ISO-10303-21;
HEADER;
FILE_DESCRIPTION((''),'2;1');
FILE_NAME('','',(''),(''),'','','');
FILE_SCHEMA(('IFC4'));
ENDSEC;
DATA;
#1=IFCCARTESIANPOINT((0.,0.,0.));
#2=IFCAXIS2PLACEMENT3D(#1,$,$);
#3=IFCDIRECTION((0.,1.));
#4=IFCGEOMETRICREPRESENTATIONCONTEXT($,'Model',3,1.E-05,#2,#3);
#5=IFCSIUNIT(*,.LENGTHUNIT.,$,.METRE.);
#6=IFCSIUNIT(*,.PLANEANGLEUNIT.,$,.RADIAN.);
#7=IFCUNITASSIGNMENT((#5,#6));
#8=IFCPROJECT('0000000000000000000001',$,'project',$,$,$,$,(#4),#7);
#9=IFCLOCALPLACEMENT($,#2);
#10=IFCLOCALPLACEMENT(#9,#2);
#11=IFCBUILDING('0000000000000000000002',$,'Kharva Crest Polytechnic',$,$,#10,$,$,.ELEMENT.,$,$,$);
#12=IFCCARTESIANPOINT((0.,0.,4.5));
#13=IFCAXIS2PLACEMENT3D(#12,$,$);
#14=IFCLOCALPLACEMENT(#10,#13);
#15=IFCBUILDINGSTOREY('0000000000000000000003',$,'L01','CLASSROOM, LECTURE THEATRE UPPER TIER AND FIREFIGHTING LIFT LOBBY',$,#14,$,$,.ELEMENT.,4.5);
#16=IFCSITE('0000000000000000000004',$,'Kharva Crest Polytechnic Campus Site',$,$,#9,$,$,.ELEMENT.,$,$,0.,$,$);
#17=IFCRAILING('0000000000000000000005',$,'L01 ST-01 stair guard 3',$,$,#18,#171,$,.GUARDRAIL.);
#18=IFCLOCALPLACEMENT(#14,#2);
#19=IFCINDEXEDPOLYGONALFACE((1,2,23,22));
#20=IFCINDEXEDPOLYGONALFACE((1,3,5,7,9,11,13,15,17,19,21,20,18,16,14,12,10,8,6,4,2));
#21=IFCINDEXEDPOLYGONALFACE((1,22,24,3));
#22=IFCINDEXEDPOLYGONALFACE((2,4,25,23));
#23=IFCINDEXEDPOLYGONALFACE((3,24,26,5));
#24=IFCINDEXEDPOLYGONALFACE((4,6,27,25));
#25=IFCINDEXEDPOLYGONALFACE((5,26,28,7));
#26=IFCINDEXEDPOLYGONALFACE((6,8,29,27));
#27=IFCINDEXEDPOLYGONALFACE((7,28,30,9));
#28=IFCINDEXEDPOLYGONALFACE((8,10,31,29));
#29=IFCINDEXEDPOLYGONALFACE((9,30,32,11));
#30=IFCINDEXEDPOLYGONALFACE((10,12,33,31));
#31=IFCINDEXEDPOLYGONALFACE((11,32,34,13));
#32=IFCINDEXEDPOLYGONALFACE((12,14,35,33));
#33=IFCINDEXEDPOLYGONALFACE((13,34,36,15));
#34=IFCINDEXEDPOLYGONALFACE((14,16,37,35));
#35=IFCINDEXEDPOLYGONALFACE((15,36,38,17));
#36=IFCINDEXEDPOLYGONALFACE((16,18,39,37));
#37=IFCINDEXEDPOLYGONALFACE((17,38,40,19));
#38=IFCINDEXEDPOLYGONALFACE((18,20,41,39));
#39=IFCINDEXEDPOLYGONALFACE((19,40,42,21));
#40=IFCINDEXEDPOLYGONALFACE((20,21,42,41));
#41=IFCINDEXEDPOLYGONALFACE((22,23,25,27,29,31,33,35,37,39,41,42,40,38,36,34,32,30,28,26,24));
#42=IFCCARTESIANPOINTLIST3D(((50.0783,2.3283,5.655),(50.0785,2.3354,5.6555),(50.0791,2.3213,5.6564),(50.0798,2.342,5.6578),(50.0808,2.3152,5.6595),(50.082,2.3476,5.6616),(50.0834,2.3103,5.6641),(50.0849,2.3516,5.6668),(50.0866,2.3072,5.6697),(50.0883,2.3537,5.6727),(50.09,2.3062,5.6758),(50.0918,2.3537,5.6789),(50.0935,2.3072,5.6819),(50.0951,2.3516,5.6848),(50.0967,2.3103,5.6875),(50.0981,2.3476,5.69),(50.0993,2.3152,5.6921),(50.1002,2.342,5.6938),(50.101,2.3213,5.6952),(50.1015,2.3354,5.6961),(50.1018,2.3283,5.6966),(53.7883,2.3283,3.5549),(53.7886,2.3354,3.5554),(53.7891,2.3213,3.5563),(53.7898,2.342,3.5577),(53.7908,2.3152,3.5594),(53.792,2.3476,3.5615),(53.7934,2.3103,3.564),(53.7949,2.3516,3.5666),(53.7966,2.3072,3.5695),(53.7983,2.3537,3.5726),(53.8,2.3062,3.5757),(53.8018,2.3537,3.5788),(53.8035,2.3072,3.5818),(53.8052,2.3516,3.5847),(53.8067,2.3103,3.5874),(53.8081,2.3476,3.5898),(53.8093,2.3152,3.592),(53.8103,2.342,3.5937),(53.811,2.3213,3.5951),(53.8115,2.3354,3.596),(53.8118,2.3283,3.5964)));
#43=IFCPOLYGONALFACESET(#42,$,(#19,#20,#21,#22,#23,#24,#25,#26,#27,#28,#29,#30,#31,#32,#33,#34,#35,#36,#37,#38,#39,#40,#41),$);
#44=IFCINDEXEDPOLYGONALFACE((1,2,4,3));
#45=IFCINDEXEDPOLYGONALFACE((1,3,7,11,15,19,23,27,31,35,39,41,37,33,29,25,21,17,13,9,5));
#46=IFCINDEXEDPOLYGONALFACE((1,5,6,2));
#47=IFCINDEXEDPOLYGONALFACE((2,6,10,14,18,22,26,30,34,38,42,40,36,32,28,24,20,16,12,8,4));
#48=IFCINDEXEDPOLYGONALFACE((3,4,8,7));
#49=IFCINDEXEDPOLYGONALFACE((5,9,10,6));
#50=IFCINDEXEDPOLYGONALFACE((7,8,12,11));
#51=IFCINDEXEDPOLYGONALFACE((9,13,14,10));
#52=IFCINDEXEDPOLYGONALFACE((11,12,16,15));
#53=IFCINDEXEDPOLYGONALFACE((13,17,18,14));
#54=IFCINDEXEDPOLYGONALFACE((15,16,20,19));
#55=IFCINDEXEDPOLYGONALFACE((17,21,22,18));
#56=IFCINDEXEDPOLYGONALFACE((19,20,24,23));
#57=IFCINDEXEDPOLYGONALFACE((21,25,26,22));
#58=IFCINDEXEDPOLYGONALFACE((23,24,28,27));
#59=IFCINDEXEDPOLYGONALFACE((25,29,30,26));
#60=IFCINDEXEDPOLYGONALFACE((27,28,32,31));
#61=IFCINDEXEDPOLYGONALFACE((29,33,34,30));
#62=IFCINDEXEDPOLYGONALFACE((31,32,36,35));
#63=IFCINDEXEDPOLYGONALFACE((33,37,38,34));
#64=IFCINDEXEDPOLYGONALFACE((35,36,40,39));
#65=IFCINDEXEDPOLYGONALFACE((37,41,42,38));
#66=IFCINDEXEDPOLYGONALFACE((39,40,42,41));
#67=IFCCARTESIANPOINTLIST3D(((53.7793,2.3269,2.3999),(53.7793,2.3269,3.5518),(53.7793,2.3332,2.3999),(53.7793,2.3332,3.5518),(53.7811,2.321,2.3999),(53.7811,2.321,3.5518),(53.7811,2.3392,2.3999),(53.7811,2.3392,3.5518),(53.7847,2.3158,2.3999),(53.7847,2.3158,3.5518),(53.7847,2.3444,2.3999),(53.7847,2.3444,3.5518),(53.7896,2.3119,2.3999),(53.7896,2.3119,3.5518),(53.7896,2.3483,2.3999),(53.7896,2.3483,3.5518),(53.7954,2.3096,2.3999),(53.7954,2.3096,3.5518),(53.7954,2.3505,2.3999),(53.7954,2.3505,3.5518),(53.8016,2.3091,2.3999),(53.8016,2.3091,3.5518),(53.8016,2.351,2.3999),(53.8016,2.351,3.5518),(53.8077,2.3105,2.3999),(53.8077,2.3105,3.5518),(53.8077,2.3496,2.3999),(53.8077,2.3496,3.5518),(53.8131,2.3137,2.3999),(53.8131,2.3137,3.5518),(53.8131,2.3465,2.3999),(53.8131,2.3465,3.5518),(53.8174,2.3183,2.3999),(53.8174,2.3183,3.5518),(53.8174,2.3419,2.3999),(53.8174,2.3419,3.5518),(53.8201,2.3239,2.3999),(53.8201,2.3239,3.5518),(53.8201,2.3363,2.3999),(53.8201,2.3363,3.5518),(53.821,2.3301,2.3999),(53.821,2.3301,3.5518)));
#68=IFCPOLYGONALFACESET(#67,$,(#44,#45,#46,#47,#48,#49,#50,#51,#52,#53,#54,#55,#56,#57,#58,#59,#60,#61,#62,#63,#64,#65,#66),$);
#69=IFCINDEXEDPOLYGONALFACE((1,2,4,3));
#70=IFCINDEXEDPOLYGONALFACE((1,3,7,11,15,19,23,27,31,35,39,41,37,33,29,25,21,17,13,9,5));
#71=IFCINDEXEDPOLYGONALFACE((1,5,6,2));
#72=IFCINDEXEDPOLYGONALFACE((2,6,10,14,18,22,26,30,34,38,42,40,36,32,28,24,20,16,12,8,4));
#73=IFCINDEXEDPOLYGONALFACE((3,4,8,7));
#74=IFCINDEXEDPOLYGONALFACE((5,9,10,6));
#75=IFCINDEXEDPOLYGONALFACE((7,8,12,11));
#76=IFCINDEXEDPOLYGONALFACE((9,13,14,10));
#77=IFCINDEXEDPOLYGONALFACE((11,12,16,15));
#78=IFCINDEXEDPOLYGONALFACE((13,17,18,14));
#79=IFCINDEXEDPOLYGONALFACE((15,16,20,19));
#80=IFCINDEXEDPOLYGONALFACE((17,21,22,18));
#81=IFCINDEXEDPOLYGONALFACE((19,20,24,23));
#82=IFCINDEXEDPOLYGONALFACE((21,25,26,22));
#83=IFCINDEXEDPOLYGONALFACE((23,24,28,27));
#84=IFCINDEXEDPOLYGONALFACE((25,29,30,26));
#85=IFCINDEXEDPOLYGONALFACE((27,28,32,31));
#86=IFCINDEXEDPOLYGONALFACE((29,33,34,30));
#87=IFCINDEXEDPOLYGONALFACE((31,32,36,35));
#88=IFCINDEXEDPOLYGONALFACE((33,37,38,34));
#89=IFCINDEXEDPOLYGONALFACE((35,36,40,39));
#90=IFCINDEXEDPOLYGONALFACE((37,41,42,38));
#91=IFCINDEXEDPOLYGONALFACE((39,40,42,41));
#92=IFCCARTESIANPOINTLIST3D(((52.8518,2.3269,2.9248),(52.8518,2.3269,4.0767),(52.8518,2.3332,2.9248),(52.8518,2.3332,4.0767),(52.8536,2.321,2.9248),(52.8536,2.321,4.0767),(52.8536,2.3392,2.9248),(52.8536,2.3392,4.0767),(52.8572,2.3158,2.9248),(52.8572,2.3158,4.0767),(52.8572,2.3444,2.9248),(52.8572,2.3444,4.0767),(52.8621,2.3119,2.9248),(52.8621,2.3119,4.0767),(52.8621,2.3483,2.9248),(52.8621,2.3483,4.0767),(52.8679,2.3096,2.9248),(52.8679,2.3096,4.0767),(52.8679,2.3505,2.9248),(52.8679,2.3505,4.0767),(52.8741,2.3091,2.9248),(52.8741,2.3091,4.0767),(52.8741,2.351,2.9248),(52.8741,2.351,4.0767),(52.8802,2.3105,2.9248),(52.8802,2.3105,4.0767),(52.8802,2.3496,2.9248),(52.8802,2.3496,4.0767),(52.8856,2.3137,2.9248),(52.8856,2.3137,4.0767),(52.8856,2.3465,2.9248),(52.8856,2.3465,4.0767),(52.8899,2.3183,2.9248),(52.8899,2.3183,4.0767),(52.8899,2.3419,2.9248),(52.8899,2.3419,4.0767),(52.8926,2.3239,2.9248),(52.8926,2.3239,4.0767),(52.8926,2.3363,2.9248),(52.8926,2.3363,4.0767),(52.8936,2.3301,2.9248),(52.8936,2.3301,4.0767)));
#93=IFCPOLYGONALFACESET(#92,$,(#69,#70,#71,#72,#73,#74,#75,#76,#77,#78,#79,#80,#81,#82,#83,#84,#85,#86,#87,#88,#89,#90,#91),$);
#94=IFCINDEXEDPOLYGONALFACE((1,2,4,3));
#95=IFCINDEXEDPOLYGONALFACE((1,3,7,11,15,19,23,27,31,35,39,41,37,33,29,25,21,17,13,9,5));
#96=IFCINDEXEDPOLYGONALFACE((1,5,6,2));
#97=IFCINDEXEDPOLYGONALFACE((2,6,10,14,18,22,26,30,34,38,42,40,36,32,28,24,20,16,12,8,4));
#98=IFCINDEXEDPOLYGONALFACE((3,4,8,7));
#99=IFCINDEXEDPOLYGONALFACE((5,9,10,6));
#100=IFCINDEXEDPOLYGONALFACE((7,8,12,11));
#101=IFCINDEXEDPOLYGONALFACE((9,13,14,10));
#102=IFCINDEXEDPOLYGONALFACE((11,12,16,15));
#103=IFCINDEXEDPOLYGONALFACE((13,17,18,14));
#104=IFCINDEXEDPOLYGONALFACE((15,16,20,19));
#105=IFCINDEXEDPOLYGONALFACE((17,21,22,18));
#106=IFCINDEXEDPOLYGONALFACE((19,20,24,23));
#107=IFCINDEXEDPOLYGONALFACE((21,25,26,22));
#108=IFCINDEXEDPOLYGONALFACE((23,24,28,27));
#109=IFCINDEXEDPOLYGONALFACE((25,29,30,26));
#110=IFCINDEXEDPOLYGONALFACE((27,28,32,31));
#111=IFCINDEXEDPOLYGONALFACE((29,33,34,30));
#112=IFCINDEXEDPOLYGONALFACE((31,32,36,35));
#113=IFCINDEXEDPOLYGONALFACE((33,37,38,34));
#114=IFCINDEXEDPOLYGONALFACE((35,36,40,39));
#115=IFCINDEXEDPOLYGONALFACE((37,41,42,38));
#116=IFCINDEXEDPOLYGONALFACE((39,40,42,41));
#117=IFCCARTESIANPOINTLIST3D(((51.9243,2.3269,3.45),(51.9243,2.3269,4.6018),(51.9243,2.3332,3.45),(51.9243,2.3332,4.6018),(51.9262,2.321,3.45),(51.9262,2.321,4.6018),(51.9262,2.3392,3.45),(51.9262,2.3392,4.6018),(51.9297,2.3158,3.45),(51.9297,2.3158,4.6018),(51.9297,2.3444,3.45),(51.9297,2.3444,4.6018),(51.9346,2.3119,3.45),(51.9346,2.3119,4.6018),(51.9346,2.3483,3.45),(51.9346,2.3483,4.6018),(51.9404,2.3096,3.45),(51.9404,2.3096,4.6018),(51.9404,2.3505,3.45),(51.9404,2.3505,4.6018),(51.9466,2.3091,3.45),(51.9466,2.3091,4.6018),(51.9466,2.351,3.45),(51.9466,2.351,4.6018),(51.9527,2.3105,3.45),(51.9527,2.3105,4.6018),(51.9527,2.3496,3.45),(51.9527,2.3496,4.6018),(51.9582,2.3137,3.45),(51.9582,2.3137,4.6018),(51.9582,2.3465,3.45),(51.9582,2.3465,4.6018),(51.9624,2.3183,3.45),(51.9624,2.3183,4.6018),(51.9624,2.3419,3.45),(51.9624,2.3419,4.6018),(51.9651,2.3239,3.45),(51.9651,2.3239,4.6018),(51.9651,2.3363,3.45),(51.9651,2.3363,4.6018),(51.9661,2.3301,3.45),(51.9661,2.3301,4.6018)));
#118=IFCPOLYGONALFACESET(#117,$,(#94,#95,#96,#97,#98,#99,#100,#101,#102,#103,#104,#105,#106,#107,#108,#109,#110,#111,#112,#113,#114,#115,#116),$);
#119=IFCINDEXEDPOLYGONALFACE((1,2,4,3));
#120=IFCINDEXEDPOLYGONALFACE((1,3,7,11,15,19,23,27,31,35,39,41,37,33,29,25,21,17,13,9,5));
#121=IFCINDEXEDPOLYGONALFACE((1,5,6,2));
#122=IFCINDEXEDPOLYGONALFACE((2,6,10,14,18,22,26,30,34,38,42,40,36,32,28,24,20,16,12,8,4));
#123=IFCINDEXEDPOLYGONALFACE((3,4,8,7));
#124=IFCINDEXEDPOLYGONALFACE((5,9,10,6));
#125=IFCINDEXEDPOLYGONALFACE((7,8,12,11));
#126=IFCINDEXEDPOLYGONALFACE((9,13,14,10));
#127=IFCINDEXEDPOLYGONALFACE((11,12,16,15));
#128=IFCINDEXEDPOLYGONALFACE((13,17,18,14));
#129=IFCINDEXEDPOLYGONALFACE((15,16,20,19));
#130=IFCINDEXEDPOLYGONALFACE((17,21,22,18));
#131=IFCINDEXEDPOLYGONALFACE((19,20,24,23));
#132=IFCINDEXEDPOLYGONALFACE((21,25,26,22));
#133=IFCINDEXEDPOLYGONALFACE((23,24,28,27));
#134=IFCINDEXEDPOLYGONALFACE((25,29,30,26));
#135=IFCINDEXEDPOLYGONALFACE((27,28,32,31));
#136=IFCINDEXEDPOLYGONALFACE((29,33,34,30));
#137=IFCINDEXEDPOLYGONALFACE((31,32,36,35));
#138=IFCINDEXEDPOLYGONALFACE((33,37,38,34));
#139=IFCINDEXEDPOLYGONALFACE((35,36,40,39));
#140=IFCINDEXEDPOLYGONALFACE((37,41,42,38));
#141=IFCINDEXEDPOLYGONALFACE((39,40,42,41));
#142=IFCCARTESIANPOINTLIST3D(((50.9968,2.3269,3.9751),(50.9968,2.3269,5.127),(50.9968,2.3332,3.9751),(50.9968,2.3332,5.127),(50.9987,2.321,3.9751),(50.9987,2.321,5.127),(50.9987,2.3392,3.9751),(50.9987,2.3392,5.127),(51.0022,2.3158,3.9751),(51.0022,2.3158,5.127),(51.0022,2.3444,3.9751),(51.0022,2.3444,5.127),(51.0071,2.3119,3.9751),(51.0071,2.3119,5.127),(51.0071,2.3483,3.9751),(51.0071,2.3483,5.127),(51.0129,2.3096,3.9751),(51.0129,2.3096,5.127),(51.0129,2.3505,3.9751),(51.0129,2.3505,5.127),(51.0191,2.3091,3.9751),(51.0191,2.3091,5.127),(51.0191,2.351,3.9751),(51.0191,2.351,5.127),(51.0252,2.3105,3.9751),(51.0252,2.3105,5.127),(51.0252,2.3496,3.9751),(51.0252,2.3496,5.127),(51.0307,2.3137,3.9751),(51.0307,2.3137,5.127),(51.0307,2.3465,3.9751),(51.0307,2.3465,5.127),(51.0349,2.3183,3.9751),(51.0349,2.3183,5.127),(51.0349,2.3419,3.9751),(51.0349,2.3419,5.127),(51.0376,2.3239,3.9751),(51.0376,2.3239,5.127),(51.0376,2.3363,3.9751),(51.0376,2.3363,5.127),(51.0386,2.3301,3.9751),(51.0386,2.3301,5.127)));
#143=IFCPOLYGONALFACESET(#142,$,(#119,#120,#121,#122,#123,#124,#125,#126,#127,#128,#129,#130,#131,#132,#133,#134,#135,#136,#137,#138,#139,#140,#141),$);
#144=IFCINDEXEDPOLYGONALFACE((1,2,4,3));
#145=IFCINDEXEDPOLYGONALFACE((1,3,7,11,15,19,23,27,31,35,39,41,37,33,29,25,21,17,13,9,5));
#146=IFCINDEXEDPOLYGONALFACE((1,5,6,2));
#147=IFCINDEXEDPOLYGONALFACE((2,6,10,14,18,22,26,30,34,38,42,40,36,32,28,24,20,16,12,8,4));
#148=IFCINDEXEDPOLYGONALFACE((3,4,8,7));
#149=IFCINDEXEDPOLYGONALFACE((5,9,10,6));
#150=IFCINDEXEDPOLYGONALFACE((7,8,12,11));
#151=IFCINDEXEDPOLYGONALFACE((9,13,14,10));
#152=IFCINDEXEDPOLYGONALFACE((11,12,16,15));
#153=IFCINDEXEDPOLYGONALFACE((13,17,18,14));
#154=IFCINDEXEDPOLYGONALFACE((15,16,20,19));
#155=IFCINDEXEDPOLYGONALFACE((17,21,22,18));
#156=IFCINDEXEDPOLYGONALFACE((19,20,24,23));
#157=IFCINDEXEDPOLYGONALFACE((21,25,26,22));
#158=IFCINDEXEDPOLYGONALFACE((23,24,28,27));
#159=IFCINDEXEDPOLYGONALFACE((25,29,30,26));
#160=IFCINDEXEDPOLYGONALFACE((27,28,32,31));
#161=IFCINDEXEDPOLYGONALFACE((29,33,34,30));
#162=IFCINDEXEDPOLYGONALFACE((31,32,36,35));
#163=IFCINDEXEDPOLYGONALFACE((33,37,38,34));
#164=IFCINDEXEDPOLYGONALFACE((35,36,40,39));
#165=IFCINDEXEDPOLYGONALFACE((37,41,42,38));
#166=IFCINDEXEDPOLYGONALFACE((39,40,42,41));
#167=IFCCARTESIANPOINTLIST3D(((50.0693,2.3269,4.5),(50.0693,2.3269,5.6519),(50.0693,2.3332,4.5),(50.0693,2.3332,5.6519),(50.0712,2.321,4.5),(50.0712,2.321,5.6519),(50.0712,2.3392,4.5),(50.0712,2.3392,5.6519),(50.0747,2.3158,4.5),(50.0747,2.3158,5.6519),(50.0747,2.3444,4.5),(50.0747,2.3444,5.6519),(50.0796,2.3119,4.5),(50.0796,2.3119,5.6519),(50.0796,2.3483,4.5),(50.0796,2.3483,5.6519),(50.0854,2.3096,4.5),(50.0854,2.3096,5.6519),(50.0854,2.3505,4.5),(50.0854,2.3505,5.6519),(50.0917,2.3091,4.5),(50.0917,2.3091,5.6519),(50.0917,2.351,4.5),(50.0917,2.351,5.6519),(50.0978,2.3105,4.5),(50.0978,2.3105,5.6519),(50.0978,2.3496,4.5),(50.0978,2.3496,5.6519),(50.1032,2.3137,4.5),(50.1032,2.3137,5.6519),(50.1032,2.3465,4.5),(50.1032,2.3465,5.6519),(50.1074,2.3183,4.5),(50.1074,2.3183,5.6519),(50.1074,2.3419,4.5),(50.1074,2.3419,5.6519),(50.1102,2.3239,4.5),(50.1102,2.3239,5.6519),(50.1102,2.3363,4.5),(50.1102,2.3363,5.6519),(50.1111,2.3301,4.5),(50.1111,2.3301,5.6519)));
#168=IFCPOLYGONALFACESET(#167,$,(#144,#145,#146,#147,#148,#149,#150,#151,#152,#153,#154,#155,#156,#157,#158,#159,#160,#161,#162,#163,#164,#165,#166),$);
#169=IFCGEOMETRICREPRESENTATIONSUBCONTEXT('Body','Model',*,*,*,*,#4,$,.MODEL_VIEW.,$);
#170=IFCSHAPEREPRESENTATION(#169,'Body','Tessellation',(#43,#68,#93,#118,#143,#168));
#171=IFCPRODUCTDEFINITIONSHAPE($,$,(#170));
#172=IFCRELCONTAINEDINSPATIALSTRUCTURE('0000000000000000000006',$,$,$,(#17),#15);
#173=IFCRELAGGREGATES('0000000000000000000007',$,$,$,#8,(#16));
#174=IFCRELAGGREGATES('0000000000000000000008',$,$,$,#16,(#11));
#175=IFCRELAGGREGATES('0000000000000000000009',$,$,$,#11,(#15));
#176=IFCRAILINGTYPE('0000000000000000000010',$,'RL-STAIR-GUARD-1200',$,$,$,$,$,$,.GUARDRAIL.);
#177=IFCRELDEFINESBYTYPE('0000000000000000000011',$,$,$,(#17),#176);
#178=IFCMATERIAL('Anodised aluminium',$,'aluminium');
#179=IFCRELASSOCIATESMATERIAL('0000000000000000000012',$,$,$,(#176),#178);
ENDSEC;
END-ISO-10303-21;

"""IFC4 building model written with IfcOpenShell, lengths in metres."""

from ifc_helpers import new_model, si_unit, direction, frame, origin, origin_2d, place, context, subcontext, project, spatial, circle, extrude, material, type_object, element, save


model = new_model("IFC4")

# Units and contexts
model_context = context("Model", 3, precision=1e-05, world=origin(), true_north=direction((0.0, 1.0)))
body_context = subcontext(model_context, "Body", "Model", "MODEL_VIEW")
ifc_project = project(units=[si_unit("LENGTHUNIT", "METRE"), si_unit("PLANEANGLEUNIT", "RADIAN")], contexts=[model_context])

# Site, building, storey
site_placement = place(None, origin())
site = spatial("IfcSite", under=ifc_project, at=site_placement, Name="Kharva Crest Polytechnic Campus Site", CompositionType="ELEMENT", RefElevation=0.0)
building_placement = place(site_placement, origin())
building = spatial("IfcBuilding", under=site, at=building_placement, Name="Kharva Crest Polytechnic", CompositionType="ELEMENT")
storey_placement = place(building_placement, frame((0.0, 0.0, 4.5)))
storey = spatial("IfcBuildingStorey", under=building, at=storey_placement, Name="L01", Description="CLASSROOM, LECTURE THEATRE UPPER TIER AND FIREFIGHTING LIFT LOBBY", CompositionType="ELEMENT", Elevation=4.5)

# Railing
ifc_material_1 = material(Name="Anodised aluminium", Category="aluminium")
railing_type_1 = type_object("IfcRailingType", Name="RL-STAIR-GUARD-1200", PredefinedType="GUARDRAIL", material=ifc_material_1)
railing_1_placement = place(storey_placement, frame((53.8, 2.3301, 2.3999)))
element("IfcRailing", 1, at=railing_1_placement, inside=storey, type_object=railing_type_1, Name="L01 ST-01 stair guard 3", PredefinedType="GUARDRAIL", context=body_context, shape_type="SweptSolid", body=[
    extrude(circle(Radius=0.0239, at=origin_2d()), frame((0.0, 0.0, 1.1758), z_axis=(-0.870245, 0.0, 0.492619), x_axis=(0.0, -1.0, 0.0)), (0.0, 0.0, 1.0), 4.2632),
    extrude(circle(Radius=0.021, at=origin_2d()), origin(), (0.0, 0.0, 1.0), 1.1519),
    extrude(circle(Radius=0.021, at=origin_2d()), frame((-0.9275, 0.0, 0.5249)), (0.0, 0.0, 1.0), 1.1519),
    extrude(circle(Radius=0.021, at=origin_2d()), frame((-1.855, 0.0, 1.05)), (0.0, 0.0, 1.0), 1.1519),
    extrude(circle(Radius=0.021, at=origin_2d()), frame((-2.7825, 0.0, 1.5752)), (0.0, 0.0, 1.0), 1.1519),
    extrude(circle(Radius=0.021, at=origin_2d()), frame((-3.71, 0.0, 2.1001)), (0.0, 0.0, 1.0), 1.1519),
])

save(model, "model.ifc")
